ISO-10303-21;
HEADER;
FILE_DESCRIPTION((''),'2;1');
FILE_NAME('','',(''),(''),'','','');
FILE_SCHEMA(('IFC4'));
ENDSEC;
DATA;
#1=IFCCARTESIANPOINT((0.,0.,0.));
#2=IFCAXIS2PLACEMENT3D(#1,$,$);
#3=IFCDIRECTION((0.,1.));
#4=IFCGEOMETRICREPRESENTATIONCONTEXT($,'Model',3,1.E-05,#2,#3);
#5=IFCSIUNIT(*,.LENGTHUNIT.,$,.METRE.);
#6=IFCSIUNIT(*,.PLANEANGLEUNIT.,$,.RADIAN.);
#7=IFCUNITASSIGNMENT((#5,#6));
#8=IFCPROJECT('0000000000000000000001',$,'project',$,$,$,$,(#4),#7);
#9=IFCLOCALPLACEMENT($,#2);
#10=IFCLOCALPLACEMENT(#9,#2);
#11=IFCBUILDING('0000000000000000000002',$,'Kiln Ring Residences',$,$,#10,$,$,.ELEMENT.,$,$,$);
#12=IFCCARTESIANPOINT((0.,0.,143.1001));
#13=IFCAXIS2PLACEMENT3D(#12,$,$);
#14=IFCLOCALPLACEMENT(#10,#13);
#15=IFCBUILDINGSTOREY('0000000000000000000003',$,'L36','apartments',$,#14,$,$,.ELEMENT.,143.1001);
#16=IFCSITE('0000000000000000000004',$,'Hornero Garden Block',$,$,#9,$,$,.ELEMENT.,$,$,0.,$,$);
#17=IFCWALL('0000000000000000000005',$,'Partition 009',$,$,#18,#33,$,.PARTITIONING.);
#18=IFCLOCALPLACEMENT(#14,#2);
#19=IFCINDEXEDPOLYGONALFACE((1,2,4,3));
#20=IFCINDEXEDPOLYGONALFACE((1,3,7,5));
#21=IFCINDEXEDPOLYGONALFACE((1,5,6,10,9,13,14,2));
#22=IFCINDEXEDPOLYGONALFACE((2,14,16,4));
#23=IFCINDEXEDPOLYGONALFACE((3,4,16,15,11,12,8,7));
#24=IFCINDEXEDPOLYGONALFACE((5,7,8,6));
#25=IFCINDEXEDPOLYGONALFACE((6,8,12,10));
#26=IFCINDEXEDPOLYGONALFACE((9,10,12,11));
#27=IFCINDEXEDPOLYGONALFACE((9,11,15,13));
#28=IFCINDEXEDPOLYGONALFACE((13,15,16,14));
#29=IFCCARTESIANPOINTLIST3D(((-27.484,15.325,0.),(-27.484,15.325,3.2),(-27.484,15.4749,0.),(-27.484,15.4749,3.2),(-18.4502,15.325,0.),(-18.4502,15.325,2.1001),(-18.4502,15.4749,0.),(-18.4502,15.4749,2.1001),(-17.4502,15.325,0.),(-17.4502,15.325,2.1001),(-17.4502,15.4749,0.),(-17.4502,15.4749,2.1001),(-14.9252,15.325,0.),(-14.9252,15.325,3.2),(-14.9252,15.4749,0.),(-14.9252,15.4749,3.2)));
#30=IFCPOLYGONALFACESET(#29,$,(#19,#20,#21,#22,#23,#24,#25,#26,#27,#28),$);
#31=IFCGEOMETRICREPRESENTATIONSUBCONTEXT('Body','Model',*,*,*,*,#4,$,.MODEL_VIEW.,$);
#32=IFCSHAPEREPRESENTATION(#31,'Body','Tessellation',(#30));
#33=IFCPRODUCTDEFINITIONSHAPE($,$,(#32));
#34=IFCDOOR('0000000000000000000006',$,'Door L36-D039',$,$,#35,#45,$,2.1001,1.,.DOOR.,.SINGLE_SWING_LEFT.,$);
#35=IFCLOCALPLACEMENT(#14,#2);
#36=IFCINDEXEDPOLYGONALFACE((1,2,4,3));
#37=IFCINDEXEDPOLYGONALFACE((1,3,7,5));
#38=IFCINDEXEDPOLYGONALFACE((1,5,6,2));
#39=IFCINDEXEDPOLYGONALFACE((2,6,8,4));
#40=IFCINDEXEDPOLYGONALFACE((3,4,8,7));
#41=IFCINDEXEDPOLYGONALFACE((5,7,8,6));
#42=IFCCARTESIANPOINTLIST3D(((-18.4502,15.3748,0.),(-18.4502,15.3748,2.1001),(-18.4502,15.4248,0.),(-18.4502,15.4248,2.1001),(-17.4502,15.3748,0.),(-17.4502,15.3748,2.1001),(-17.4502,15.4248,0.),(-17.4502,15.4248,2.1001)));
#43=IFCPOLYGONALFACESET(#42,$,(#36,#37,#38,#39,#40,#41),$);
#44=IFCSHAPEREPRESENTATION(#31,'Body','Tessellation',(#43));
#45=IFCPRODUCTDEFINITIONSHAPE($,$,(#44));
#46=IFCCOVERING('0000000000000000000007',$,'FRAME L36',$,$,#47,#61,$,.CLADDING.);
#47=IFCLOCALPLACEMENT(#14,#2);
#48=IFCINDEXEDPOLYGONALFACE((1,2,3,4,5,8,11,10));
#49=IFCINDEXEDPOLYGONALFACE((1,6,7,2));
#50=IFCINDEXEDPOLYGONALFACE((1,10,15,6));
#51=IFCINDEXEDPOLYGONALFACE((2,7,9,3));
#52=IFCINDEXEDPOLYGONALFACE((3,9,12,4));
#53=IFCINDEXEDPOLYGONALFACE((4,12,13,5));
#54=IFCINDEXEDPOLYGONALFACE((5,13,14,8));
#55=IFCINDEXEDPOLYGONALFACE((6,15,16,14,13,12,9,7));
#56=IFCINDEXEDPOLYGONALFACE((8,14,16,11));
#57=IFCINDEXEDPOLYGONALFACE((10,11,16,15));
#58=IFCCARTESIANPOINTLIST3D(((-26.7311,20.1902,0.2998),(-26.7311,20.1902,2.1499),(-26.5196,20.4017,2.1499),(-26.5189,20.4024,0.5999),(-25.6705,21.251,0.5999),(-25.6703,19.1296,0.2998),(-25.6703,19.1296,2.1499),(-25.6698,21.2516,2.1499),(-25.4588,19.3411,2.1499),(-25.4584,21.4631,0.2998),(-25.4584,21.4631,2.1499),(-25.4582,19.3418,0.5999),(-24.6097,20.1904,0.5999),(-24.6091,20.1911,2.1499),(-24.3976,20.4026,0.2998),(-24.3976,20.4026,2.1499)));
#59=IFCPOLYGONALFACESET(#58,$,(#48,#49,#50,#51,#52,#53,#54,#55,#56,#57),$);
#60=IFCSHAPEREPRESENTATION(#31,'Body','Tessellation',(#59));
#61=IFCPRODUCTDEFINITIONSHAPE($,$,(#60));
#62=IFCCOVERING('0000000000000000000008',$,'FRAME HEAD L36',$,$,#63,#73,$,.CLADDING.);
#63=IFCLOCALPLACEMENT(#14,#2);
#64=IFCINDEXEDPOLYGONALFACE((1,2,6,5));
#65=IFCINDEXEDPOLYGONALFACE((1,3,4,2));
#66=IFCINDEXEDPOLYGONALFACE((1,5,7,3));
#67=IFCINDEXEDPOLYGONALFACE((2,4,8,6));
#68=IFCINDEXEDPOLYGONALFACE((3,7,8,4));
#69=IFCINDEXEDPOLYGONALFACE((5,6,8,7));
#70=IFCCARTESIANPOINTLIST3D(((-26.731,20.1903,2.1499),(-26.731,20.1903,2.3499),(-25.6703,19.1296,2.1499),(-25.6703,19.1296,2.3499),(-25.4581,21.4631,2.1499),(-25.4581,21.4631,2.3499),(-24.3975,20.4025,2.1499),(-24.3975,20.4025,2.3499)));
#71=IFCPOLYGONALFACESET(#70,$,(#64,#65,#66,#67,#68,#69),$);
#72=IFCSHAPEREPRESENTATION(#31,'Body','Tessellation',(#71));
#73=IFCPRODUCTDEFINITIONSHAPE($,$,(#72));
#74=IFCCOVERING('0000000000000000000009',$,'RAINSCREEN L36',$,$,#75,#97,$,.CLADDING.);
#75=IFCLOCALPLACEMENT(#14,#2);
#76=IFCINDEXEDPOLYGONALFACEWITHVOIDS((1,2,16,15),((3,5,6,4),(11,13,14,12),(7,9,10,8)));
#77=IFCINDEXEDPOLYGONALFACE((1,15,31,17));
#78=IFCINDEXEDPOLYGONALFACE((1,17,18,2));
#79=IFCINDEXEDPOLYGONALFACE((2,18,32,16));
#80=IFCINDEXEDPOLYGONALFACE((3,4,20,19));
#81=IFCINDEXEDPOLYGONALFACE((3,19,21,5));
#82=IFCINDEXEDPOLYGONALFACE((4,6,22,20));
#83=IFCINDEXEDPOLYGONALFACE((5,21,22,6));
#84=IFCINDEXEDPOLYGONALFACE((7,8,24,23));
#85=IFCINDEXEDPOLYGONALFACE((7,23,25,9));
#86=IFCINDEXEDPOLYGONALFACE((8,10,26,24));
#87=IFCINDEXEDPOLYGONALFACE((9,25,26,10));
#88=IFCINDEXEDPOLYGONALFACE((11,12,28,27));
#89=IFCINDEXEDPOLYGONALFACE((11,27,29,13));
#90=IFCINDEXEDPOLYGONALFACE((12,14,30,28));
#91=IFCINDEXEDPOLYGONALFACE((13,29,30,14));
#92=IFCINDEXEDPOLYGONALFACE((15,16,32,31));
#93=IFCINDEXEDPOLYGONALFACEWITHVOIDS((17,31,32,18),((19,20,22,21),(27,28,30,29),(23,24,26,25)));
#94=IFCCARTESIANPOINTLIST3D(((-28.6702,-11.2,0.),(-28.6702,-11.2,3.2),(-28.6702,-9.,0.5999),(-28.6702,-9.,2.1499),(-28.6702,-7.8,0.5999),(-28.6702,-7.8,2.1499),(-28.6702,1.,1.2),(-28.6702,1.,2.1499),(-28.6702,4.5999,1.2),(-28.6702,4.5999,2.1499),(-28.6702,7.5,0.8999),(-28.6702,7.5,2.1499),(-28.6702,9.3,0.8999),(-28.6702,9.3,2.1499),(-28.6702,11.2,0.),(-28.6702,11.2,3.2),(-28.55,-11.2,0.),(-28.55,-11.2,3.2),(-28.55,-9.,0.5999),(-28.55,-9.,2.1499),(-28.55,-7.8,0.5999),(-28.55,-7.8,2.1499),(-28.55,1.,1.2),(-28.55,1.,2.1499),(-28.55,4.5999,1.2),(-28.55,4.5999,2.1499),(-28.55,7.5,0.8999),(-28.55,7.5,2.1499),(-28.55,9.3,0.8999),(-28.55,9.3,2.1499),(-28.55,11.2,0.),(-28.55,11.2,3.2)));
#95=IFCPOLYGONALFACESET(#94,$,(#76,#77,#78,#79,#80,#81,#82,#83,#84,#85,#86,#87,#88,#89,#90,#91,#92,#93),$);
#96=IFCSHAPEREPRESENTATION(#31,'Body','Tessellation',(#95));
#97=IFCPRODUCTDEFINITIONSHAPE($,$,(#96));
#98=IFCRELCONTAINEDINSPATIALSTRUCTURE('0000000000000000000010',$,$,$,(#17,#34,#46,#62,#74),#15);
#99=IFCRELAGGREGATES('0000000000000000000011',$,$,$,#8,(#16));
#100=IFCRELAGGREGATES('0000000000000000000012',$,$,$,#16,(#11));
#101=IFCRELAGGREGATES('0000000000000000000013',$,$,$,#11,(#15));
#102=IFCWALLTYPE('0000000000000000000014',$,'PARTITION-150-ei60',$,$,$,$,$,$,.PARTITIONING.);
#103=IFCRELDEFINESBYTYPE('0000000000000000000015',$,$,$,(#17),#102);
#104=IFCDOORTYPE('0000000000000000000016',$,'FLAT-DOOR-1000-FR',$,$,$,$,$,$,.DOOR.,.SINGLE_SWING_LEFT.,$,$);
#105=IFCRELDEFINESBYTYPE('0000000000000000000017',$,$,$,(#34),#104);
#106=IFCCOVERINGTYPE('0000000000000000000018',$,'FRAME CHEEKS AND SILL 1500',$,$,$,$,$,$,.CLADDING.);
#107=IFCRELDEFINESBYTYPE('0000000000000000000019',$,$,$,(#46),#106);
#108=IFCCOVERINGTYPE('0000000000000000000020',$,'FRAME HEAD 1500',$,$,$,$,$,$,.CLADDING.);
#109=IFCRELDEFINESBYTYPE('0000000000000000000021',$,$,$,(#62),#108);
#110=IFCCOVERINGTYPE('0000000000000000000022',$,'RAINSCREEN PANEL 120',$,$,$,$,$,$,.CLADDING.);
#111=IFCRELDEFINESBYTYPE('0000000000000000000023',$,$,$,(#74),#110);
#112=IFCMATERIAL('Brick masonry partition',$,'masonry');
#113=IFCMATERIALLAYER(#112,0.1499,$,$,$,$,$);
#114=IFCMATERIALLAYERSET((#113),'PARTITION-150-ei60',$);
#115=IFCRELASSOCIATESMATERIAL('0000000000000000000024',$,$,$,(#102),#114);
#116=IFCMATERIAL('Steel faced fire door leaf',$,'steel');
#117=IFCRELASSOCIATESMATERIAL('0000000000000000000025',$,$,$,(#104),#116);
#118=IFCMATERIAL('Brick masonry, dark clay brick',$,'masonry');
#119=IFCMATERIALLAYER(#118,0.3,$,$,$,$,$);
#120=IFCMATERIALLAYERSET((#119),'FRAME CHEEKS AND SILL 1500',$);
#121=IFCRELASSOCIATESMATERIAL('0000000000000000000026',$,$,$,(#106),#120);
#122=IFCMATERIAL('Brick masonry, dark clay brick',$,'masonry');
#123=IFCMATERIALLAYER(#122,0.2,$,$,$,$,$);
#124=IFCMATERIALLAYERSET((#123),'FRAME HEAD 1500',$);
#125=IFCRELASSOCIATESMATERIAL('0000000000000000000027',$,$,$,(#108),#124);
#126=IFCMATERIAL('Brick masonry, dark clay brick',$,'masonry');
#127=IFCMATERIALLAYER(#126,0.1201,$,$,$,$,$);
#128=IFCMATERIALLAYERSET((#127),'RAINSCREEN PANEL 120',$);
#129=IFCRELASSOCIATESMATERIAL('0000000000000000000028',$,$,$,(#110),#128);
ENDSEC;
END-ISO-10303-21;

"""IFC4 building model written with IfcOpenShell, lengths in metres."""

from ifc_helpers import new_model, si_unit, direction, frame, frame_2d, origin, origin_2d, place, context, subcontext, project, spatial, polyline, rectangle, outline, extrude, material, layer, layer_set, type_object, element, fill, save


model = new_model("IFC4")

# Units and contexts
model_context = context("Model", 3, precision=1e-05, world=origin(), true_north=direction((0.0, 1.0)))
body_context = subcontext(model_context, "Body", "Model", "MODEL_VIEW")
ifc_project = project(units=[si_unit("LENGTHUNIT", "METRE"), si_unit("PLANEANGLEUNIT", "RADIAN")], contexts=[model_context])

# Site, building, storey
site_placement = place(None, origin())
site = spatial("IfcSite", under=ifc_project, at=site_placement, Name="Hornero Garden Block", CompositionType="ELEMENT", RefElevation=0.0)
building_placement = place(site_placement, origin())
building = spatial("IfcBuilding", under=site, at=building_placement, Name="Kiln Ring Residences", CompositionType="ELEMENT")
storey_placement = place(building_placement, frame((0.0, 0.0, 143.1001)))
storey = spatial("IfcBuildingStorey", under=building, at=storey_placement, Name="L36", Description="apartments", CompositionType="ELEMENT", Elevation=143.1001)

# Wall, opening, door
ifc_material_1 = material(Name="Brick masonry partition", Category="masonry")
ifc_layer_1 = layer(ifc_material_1, 0.1499)
ifc_layer_set_1 = layer_set([ifc_layer_1], Name="PARTITION-150-ei60")
wall_type_1 = type_object("IfcWallType", Name="PARTITION-150-ei60", PredefinedType="PARTITIONING", material=ifc_layer_set_1)
wall_1_placement = place(storey_placement, frame((-27.4839, 15.3999, 0.0), z_axis=(0.0, 0.0, 1.0), x_axis=(1.0, 0.0, 0.0)))
wall_1 = element("IfcWall", 1, at=wall_1_placement, inside=storey, type_object=wall_type_1, Name="Partition 009", PredefinedType="PARTITIONING", context=body_context, shape_type="SweptSolid", body=[
    extrude(rectangle(XDim=12.5588, YDim=0.1499, at=frame_2d((6.2793, 0.0))), origin(), (0.0, 0.0, 1.0), 3.2),
])
opening_1_placement = place(wall_1_placement, frame((9.0337, 0.0, 0.0)))
opening_1 = element("IfcOpeningElement", 2, at=opening_1_placement, cuts=wall_1, PredefinedType="OPENING", context=body_context, shape_type="SweptSolid", body=[
    extrude(rectangle(XDim=1.0, YDim=2.1001, at=frame_2d((0.5, 1.05))), frame((0.0, 0.085, 0.0), z_axis=(0.0, -1.0, 0.0), x_axis=(1.0, 0.0, 0.0)), (0.0, 0.0, 1.0), 0.1699),
])
ifc_material_2 = material(Name="Steel faced fire door leaf", Category="steel")
door_type_1 = type_object("IfcDoorType", Name="FLAT-DOOR-1000-FR", OperationType="SINGLE_SWING_LEFT", PredefinedType="DOOR", material=ifc_material_2)
door_1_placement = place(opening_1_placement, origin())
door_1 = element("IfcDoor", 3, at=door_1_placement, inside=storey, type_object=door_type_1, Name="Door L36-D039", OperationType="SINGLE_SWING_LEFT", OverallHeight=2.1001, OverallWidth=1.0, PredefinedType="DOOR", context=body_context, shape_type="SweptSolid", body=[
    extrude(rectangle(XDim=1.0, YDim=2.1001, at=frame_2d((0.5, 1.05))), frame((0.0, 0.0249, 0.0), z_axis=(0.0, -1.0, 0.0), x_axis=(1.0, 0.0, 0.0)), (0.0, 0.0, 1.0), 0.05),
])
fill(opening_1, door_1)

# Coverings
ifc_material_3 = material(Name="Brick masonry, dark clay brick", Category="masonry")
ifc_layer_2 = layer(ifc_material_3, 0.3)
ifc_layer_set_2 = layer_set([ifc_layer_2], Name="FRAME CHEEKS AND SILL 1500")
covering_type_1 = type_object("IfcCoveringType", Name="FRAME CHEEKS AND SILL 1500", PredefinedType="CLADDING", material=ifc_layer_set_2)
covering_1_placement = place(storey_placement, frame((-24.928, 20.9329, 0.2998), z_axis=(0.0, 0.0, 1.0), x_axis=(-0.707039, -0.707175, 0.0)))
element("IfcCovering", 4, at=covering_1_placement, inside=storey, type_object=covering_type_1, Name="FRAME L36", PredefinedType="CLADDING", context=body_context, shape_type="SweptSolid", body=[
    extrude(outline(polyline([(0.0, 0.0), (1.8, 0.0), (1.8, 1.8501), (1.501, 1.8501), (1.5, 0.3), (0.3, 0.3), (0.2991, 1.8501), (0.0, 1.8501), (0.0, 0.0)])), frame((0.0, 0.75, 0.0), z_axis=(0.0, -1.0, 0.0), x_axis=(1.0, 0.0, 0.0)), (0.0, 0.0, 1.0), 1.5),
])
ifc_material_4 = material(Name="Brick masonry, dark clay brick", Category="masonry")
ifc_layer_3 = layer(ifc_material_4, 0.2)
ifc_layer_set_3 = layer_set([ifc_layer_3], Name="FRAME HEAD 1500")
covering_type_2 = type_object("IfcCoveringType", Name="FRAME HEAD 1500", PredefinedType="CLADDING", material=ifc_layer_set_3)
covering_2_placement = place(storey_placement, frame((-25.5642, 20.2964, 2.1499), z_axis=(0.0, 0.0, 1.0), x_axis=(-0.707107, -0.707107, 0.0)))
element("IfcCovering", 5, at=covering_2_placement, inside=storey, type_object=covering_type_2, Name="FRAME HEAD L36", PredefinedType="CLADDING", context=body_context, shape_type="SweptSolid", body=[
    extrude(rectangle(XDim=1.8, YDim=1.5, at=origin_2d()), origin(), (0.0, 0.0, 1.0), 0.2),
])
ifc_material_5 = material(Name="Brick masonry, dark clay brick", Category="masonry")
ifc_layer_4 = layer(ifc_material_5, 0.1201)
ifc_layer_set_4 = layer_set([ifc_layer_4], Name="RAINSCREEN PANEL 120")
covering_type_3 = type_object("IfcCoveringType", Name="RAINSCREEN PANEL 120", PredefinedType="CLADDING", material=ifc_layer_set_4)
covering_3_placement = place(storey_placement, frame((-28.6101, 11.2, 0.0), z_axis=(0.0, 0.0, 1.0), x_axis=(0.0, -1.0, 0.0)))
element("IfcCovering", 6, at=covering_3_placement, inside=storey, type_object=covering_type_3, Name="RAINSCREEN L36", PredefinedType="CLADDING", context=body_context, shape_type="SweptSolid", body=[
    extrude(outline(polyline([(0.0, 0.0), (22.3999, 0.0), (22.3999, 3.2), (0.0, 3.2), (0.0, 0.0)]), holes=[polyline([(20.2, 2.1499), (19.0, 2.1499), (19.0, 0.5999), (20.2, 0.5999), (20.2, 2.1499)]), polyline([(3.7, 0.8999), (3.7, 2.1499), (1.8999, 2.1499), (1.8999, 0.8999), (3.7, 0.8999)]), polyline([(10.2, 1.2), (10.2, 2.1499), (6.6001, 2.1499), (6.6001, 1.2), (10.2, 1.2)])]), frame((0.0, 0.0601, 0.0), z_axis=(0.0, -1.0, 0.0), x_axis=(1.0, 0.0, 0.0)), (0.0, 0.0, 1.0), 0.1201),
])

save(model, "model.ifc")
